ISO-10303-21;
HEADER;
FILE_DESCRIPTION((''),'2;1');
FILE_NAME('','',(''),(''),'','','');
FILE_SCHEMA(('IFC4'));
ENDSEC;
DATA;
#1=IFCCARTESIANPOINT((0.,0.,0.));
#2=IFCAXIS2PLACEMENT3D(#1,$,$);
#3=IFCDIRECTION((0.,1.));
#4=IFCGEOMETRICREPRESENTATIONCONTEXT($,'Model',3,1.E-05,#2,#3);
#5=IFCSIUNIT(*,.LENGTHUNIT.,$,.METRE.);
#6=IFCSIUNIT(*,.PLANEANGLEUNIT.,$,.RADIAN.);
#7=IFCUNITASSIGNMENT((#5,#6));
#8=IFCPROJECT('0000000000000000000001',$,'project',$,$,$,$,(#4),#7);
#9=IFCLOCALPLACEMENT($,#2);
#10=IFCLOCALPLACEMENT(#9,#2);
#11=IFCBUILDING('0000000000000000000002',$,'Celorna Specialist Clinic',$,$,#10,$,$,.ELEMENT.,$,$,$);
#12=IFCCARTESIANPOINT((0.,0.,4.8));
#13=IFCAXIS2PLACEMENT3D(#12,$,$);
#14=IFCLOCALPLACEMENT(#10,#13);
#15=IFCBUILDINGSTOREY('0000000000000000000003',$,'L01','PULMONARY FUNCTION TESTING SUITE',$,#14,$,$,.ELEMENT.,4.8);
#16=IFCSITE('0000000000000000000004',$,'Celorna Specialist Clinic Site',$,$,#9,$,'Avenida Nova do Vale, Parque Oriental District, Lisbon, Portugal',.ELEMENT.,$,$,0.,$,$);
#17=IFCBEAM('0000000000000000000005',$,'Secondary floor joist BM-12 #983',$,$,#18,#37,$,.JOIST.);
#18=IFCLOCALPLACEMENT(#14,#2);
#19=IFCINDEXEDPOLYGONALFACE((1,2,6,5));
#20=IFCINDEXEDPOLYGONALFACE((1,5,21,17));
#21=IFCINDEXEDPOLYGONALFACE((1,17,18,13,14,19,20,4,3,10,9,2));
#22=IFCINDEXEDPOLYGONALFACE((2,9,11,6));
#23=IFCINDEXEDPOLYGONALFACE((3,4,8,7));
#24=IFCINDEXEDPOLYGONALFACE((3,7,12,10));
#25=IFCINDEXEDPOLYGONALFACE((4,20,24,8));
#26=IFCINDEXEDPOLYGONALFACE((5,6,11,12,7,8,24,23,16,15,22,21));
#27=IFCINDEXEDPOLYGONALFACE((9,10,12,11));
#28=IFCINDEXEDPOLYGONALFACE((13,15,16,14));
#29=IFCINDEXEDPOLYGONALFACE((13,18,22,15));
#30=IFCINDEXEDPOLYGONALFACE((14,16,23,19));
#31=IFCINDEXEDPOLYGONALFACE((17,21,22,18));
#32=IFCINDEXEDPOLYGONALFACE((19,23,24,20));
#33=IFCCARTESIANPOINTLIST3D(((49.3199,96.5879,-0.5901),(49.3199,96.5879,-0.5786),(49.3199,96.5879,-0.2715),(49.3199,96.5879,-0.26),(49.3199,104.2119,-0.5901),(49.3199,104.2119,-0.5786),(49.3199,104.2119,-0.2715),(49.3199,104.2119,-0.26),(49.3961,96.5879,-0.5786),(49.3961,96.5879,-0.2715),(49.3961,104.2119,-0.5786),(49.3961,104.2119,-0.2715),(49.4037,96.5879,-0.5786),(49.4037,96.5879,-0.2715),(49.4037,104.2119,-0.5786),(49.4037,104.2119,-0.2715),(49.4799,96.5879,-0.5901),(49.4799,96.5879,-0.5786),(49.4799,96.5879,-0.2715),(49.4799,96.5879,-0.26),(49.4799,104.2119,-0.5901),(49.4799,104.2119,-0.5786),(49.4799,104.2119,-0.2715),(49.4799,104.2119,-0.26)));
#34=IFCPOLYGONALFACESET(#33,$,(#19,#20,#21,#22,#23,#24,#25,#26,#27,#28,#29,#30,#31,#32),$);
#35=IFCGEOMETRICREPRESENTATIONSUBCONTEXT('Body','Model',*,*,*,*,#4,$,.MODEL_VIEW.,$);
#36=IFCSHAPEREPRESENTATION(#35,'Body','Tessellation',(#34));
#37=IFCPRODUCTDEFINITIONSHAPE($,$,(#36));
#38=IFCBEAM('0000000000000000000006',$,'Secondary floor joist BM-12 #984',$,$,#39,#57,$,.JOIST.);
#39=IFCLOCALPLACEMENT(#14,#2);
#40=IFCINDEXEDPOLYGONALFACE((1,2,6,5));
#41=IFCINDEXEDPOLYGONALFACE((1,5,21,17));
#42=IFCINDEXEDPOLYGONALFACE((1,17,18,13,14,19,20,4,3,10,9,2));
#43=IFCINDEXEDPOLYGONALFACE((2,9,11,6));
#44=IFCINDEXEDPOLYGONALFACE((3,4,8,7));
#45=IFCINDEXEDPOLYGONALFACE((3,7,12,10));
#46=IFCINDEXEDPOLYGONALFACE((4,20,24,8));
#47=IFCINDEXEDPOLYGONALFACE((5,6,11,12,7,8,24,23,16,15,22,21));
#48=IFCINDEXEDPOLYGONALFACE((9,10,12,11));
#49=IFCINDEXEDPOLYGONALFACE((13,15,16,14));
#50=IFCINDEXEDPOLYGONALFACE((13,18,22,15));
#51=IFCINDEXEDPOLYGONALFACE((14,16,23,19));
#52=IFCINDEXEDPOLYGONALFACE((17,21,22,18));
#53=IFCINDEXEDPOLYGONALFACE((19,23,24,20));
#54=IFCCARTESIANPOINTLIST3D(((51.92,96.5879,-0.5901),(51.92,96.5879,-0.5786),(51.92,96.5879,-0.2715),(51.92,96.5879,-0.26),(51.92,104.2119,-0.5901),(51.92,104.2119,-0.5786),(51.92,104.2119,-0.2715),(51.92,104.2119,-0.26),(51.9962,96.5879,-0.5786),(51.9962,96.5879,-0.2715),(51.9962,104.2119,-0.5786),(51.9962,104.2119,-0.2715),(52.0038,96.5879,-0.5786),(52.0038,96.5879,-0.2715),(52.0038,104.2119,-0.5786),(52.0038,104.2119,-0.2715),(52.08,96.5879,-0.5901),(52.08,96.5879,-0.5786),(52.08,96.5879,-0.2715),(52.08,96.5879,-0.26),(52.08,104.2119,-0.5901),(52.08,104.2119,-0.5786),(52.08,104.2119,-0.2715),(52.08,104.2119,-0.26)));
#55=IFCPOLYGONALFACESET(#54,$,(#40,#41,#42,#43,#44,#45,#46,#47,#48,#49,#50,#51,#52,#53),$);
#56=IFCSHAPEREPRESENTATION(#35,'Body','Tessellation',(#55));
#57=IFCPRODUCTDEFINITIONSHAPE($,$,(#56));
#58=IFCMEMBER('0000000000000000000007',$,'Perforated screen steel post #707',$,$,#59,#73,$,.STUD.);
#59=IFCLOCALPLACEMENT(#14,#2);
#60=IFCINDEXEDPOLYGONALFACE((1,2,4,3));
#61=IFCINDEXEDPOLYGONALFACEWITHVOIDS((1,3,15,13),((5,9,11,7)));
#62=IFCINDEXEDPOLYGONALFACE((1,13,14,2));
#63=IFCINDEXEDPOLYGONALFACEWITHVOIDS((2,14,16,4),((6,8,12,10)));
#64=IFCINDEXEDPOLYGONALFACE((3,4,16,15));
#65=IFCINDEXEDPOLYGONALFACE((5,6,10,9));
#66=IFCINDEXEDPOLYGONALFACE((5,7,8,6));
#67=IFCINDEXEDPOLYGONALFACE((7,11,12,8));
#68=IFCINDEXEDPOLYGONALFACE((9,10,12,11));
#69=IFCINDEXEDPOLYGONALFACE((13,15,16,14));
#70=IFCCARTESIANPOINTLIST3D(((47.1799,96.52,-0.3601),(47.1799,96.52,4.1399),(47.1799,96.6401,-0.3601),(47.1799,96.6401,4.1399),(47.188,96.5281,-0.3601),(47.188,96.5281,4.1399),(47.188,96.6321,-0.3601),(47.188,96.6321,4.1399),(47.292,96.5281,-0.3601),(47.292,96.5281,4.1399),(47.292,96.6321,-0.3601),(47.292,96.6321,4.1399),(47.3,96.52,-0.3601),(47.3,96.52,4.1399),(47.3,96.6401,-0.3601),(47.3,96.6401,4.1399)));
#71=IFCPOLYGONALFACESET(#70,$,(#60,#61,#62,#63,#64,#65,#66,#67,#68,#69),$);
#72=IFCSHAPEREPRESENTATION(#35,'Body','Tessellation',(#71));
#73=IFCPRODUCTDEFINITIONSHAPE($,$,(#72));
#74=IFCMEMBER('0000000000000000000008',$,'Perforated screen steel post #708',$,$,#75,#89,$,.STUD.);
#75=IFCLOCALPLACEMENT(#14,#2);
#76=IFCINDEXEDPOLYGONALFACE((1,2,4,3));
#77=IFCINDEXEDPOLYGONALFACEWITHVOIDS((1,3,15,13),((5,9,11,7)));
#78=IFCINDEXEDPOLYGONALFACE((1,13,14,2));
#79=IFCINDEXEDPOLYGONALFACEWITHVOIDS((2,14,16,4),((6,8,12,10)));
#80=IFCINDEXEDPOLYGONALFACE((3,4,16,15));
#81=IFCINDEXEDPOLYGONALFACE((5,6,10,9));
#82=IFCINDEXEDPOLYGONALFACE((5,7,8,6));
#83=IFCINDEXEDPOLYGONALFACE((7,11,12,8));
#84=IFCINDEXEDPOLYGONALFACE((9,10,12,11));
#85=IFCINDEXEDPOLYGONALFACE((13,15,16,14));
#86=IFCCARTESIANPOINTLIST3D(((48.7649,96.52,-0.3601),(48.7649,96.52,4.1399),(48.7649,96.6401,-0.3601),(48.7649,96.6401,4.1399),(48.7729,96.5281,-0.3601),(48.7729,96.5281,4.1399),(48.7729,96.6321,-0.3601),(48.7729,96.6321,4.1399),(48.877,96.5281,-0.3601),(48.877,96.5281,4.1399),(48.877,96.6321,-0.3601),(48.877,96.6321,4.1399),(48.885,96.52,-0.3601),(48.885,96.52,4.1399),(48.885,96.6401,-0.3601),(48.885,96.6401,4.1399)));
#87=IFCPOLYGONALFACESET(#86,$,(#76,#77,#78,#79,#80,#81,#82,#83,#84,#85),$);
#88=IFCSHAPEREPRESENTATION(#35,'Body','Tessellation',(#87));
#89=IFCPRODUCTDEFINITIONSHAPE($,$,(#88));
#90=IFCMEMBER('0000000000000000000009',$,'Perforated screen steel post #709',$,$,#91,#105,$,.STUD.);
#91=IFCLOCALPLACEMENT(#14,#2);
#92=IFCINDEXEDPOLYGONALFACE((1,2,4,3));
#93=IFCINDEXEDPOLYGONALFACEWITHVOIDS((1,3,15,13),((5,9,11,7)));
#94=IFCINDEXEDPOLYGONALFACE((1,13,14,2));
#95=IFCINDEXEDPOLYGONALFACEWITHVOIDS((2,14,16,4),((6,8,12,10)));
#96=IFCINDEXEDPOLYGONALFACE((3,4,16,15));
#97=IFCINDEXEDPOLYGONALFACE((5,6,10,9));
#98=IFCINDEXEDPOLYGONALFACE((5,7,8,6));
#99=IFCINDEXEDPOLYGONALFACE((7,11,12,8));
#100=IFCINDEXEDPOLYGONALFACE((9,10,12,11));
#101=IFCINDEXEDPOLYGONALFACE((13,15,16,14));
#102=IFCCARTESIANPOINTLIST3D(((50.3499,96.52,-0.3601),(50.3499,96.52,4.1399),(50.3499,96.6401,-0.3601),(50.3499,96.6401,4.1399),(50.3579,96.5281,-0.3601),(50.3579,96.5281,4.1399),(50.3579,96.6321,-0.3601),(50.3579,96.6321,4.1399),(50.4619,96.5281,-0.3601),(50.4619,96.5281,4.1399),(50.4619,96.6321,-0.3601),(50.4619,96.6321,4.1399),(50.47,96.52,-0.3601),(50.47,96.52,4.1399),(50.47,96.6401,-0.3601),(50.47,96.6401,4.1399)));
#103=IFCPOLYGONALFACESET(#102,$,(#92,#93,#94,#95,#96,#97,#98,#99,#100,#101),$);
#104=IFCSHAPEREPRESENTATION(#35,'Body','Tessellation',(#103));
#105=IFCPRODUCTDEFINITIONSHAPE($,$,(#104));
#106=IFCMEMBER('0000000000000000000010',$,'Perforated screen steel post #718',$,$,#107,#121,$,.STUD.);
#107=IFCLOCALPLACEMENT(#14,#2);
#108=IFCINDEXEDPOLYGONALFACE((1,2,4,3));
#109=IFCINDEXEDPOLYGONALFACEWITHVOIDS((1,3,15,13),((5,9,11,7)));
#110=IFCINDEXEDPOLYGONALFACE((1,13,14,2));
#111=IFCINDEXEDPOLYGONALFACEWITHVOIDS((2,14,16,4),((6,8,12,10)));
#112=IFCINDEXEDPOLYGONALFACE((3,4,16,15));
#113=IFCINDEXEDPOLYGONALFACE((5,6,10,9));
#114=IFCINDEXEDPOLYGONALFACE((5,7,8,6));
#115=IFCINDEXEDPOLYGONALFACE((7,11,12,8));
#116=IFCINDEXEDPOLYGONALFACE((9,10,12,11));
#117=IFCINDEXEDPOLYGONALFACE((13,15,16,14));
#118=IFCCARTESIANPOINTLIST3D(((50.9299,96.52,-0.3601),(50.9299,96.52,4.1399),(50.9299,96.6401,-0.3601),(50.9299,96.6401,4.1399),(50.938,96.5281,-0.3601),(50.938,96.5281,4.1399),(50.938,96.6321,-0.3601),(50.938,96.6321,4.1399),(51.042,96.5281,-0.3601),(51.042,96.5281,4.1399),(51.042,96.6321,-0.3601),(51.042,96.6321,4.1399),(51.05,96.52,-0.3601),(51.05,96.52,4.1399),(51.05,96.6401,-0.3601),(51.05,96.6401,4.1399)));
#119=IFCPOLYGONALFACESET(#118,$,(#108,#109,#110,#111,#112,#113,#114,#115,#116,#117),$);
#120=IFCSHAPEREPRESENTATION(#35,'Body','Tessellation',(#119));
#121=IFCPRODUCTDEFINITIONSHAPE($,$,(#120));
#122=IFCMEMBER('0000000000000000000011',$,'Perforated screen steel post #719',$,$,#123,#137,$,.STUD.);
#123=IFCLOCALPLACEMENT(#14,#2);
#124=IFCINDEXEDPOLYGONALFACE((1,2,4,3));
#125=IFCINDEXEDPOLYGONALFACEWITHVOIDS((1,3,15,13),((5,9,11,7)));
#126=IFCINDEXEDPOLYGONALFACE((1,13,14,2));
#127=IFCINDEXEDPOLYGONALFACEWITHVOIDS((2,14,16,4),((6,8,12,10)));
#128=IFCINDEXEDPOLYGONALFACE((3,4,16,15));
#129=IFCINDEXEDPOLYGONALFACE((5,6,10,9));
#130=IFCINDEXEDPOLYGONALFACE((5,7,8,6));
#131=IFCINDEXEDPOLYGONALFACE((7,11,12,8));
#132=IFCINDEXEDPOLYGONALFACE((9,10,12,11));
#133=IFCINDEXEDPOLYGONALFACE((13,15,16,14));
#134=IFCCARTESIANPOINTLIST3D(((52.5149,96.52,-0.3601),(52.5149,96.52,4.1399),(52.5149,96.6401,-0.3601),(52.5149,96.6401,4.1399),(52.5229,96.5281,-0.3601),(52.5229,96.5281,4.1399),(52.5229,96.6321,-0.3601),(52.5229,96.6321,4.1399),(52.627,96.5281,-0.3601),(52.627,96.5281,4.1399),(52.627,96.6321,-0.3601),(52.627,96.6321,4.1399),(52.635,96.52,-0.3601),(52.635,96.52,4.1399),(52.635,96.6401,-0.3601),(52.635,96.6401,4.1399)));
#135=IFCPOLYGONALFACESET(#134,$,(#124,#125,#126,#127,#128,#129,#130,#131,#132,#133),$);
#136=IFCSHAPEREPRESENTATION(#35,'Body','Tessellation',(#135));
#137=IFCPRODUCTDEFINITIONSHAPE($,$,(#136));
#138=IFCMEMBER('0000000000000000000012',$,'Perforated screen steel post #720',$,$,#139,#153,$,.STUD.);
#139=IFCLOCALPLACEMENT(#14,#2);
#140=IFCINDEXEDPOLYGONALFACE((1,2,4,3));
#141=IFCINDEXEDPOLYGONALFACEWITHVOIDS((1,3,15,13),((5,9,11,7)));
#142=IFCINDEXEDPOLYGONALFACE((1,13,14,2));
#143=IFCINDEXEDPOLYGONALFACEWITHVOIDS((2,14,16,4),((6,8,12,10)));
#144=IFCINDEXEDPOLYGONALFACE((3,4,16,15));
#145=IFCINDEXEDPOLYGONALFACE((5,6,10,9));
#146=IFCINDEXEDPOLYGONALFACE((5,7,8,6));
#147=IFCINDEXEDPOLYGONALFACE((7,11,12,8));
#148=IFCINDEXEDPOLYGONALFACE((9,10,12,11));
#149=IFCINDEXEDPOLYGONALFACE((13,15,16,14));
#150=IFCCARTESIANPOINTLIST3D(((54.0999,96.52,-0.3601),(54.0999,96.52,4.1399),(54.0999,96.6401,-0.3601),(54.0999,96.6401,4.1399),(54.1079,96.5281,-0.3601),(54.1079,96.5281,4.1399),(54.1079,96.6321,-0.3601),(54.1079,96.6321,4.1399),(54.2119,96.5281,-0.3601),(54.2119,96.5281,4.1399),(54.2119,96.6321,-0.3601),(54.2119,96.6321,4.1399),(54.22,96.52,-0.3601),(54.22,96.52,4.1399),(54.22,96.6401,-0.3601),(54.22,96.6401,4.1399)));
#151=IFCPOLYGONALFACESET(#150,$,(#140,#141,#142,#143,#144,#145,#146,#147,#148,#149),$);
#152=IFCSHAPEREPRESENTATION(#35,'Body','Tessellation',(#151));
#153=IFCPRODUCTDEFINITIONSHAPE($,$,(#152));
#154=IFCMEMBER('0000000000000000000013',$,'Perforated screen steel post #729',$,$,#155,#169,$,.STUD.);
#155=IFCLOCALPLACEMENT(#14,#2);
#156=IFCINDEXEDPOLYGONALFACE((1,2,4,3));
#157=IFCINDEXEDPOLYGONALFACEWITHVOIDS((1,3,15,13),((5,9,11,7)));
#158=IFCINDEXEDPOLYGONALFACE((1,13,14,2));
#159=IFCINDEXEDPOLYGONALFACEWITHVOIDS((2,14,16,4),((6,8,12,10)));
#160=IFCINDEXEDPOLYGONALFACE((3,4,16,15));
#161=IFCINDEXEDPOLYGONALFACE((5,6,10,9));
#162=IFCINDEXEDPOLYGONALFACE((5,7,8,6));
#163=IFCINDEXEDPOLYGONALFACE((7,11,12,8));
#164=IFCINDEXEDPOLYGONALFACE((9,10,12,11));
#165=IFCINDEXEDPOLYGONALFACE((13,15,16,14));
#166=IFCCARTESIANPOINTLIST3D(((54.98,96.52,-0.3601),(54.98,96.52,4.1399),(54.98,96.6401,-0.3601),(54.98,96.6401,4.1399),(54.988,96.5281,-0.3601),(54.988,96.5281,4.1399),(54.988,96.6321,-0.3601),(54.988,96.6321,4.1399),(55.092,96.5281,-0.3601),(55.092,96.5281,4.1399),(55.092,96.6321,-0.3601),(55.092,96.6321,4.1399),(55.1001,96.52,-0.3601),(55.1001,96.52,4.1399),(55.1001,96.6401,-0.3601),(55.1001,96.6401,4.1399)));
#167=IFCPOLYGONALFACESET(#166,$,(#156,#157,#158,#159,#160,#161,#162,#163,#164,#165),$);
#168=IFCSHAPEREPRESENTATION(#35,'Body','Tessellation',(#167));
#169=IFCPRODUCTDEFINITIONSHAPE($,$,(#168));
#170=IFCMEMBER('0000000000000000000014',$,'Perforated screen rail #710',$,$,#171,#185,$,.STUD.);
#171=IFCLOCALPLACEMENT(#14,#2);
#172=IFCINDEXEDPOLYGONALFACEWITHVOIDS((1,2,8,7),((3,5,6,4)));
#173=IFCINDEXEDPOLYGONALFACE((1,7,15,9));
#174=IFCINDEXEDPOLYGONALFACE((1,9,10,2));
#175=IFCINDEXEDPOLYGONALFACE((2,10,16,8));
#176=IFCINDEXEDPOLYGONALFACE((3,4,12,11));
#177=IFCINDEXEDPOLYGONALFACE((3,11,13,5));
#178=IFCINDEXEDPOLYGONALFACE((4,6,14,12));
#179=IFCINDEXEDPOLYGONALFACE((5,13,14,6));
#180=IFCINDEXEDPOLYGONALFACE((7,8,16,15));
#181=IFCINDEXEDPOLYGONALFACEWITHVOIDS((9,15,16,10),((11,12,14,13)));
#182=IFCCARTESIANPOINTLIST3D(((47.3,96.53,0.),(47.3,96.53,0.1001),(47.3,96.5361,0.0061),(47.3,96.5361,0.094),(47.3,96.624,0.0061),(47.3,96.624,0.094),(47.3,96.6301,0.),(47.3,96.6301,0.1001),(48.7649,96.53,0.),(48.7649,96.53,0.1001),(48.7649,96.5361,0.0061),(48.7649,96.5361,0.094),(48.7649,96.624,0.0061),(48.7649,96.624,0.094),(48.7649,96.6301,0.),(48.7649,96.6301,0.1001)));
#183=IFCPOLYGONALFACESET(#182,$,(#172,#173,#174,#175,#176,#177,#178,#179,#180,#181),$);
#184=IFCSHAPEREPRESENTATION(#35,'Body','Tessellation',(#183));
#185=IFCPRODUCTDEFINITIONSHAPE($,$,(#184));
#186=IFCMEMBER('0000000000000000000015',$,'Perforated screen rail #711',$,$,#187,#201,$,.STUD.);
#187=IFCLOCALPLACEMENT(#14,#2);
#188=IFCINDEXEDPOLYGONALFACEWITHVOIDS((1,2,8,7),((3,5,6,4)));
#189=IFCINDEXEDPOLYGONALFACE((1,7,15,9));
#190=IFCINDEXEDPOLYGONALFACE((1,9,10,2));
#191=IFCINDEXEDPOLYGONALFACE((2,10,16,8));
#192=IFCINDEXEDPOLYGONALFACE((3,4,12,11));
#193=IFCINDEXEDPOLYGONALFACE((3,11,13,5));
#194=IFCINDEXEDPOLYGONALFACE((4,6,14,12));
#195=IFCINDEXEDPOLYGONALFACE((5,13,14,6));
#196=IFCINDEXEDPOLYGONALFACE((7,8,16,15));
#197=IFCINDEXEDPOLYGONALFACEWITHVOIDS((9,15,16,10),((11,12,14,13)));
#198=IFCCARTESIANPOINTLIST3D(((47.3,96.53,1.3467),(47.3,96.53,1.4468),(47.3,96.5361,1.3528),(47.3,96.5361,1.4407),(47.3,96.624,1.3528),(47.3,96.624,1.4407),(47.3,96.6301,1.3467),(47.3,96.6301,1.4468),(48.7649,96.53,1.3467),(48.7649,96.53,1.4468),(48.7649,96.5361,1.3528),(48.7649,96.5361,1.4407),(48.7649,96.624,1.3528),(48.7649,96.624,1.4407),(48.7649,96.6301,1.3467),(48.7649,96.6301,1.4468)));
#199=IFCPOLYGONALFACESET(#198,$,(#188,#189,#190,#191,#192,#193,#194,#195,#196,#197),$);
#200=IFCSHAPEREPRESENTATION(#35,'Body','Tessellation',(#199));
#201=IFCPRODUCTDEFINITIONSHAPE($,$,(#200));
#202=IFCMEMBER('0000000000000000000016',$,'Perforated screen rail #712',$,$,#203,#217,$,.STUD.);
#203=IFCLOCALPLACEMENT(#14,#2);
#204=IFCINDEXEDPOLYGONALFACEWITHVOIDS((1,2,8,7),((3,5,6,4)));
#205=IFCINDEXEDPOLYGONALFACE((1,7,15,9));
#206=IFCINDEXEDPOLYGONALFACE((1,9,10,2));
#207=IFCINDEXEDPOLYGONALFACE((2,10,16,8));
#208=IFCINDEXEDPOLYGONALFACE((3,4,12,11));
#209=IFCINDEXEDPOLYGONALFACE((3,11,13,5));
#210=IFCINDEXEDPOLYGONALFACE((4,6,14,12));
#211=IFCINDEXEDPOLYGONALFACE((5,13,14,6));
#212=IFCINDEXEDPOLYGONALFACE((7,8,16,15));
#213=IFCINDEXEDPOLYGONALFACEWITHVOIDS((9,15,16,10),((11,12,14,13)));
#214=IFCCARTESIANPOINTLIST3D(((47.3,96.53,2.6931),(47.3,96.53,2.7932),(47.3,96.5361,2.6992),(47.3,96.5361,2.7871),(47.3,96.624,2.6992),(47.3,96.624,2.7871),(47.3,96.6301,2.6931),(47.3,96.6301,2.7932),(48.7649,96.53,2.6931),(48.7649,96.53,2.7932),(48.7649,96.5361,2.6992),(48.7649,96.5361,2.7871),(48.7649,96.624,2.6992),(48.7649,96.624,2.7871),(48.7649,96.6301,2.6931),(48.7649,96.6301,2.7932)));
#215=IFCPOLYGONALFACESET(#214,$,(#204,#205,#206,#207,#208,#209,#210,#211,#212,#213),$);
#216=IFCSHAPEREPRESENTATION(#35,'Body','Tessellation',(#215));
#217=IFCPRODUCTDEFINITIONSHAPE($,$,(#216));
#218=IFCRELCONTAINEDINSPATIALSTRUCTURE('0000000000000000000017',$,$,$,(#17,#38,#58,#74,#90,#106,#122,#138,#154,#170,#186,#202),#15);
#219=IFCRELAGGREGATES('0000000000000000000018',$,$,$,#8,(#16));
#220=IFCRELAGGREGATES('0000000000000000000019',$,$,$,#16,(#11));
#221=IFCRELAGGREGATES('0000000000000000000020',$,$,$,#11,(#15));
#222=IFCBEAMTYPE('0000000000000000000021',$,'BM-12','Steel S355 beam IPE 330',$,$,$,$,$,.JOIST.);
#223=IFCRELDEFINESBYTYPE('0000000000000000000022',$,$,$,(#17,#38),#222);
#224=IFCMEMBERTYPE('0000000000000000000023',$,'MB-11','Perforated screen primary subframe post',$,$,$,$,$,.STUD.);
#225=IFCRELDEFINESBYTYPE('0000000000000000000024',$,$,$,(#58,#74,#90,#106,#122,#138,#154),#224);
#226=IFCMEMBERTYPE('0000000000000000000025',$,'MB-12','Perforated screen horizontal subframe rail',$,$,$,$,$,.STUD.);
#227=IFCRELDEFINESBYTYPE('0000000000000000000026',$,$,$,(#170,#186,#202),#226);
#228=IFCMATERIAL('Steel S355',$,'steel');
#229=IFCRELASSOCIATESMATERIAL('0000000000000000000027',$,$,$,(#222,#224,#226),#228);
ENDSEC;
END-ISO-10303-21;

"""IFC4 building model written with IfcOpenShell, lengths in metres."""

from ifc_helpers import new_model, si_unit, direction, frame, origin, origin_2d, place, context, subcontext, project, spatial, hollow_rectangle, i_section, extrude, material, material_profile, profile_set, type_object, element, save


model = new_model("IFC4")

# Units and contexts
model_context = context("Model", 3, precision=1e-05, world=origin(), true_north=direction((0.0, 1.0)))
body_context = subcontext(model_context, "Body", "Model", "MODEL_VIEW")
ifc_project = project(units=[si_unit("LENGTHUNIT", "METRE"), si_unit("PLANEANGLEUNIT", "RADIAN")], contexts=[model_context])

# Site, building, storey
site_placement = place(None, origin())
site = spatial("IfcSite", under=ifc_project, at=site_placement, Name="Celorna Specialist Clinic Site", LongName="Avenida Nova do Vale, Parque Oriental District, Lisbon, Portugal", CompositionType="ELEMENT", RefElevation=0.0)
building_placement = place(site_placement, origin())
building = spatial("IfcBuilding", under=site, at=building_placement, Name="Celorna Specialist Clinic", CompositionType="ELEMENT")
storey_placement = place(building_placement, frame((0.0, 0.0, 4.8)))
storey = spatial("IfcBuildingStorey", under=building, at=storey_placement, Name="L01", Description="PULMONARY FUNCTION TESTING SUITE", CompositionType="ELEMENT", Elevation=4.8)

# Beams
ifc_material_1 = material(Name="Steel S355", Category="steel")
ifc_material_profile_1 = material_profile(ifc_material_1, i_section(OverallWidth=0.1599, OverallDepth=0.3301, WebThickness=0.0076, FlangeThickness=0.0115, at=origin_2d()), Name="IPE 330")
ifc_profile_set_1 = profile_set([ifc_material_profile_1], Name="Steel S355")
beam_type = type_object("IfcBeamType", Name="BM-12", Description="Steel S355 beam IPE 330", PredefinedType="JOIST", material=ifc_profile_set_1)
for number, where, z_axis, x_axis, name in (
    (1, (49.3999, 96.5879, -0.425), (0.0, 1.0, 0.0), (-1.0, 0.0, 0.0), "Secondary floor joist BM-12 #983"),
    (2, (52.0, 96.5879, -0.425), (0.0, 1.0, 0.0), (-1.0, 0.0, 0.0), "Secondary floor joist BM-12 #984"),
):
    element("IfcBeam", number, at=place(storey_placement, frame(where, z_axis=z_axis, x_axis=x_axis)), inside=storey, type_object=beam_type, Name=name, PredefinedType="JOIST", context=body_context, shape_type="SweptSolid", body=[
        extrude(i_section(OverallWidth=0.1599, OverallDepth=0.3301, WebThickness=0.0076, FlangeThickness=0.0115, at=origin_2d()), origin(), (0.0, 0.0, 1.0), 7.624),
    ])

# Members
ifc_material_profile_2 = material_profile(ifc_material_1, hollow_rectangle(XDim=0.1201, YDim=0.1201, WallThickness=0.0081, at=origin_2d()), Name="SHS 120x120x8")
ifc_profile_set_2 = profile_set([ifc_material_profile_2], Name="Steel S355")
member_type_1 = type_object("IfcMemberType", Name="MB-11", Description="Perforated screen primary subframe post", PredefinedType="STUD", material=ifc_profile_set_2)
for number, where, z_axis, x_axis, name in (
    (3, (47.24, 96.5801, -0.3601), (0.0, 0.0, 1.0), (1.0, 0.0, 0.0), "Perforated screen steel post #707"),
    (4, (48.825, 96.5801, -0.3601), (0.0, 0.0, 1.0), (1.0, 0.0, 0.0), "Perforated screen steel post #708"),
    (5, (50.4099, 96.5801, -0.3601), (0.0, 0.0, 1.0), (1.0, 0.0, 0.0), "Perforated screen steel post #709"),
    (6, (50.99, 96.5801, -0.3601), (0.0, 0.0, 1.0), (1.0, 0.0, 0.0), "Perforated screen steel post #718"),
    (7, (52.575, 96.5801, -0.3601), (0.0, 0.0, 1.0), (1.0, 0.0, 0.0), "Perforated screen steel post #719"),
    (8, (54.1599, 96.5801, -0.3601), (0.0, 0.0, 1.0), (1.0, 0.0, 0.0), "Perforated screen steel post #720"),
    (9, (55.04, 96.5801, -0.3601), (0.0, 0.0, 1.0), (1.0, 0.0, 0.0), "Perforated screen steel post #729"),
):
    element("IfcMember", number, at=place(storey_placement, frame(where, z_axis=z_axis, x_axis=x_axis)), inside=storey, type_object=member_type_1, Name=name, PredefinedType="STUD", context=body_context, shape_type="SweptSolid", body=[
        extrude(hollow_rectangle(XDim=0.1201, YDim=0.1201, WallThickness=0.0081, at=origin_2d()), origin(), (0.0, 0.0, 1.0), 4.5),
    ])
ifc_material_profile_3 = material_profile(ifc_material_1, hollow_rectangle(XDim=0.1001, YDim=0.1001, WallThickness=0.0061, at=origin_2d()), Name="SHS 100x100x6")
ifc_profile_set_3 = profile_set([ifc_material_profile_3], Name="Steel S355")
member_type_2 = type_object("IfcMemberType", Name="MB-12", Description="Perforated screen horizontal subframe rail", PredefinedType="STUD", material=ifc_profile_set_3)
for number, where, z_axis, x_axis, name in (
    (10, (47.3, 96.5801, 0.05), (1.0, 0.0, 0.0), (0.0, 1.0, 0.0), "Perforated screen rail #710"),
    (11, (47.3, 96.5801, 1.3967), (1.0, 0.0, 0.0), (0.0, 1.0, 0.0), "Perforated screen rail #711"),
    (12, (47.3, 96.5801, 2.7432), (1.0, 0.0, 0.0), (0.0, 1.0, 0.0), "Perforated screen rail #712"),
):
    element("IfcMember", number, at=place(storey_placement, frame(where, z_axis=z_axis, x_axis=x_axis)), inside=storey, type_object=member_type_2, Name=name, PredefinedType="STUD", context=body_context, shape_type="SweptSolid", body=[
        extrude(hollow_rectangle(XDim=0.1001, YDim=0.1001, WallThickness=0.0061, at=origin_2d()), origin(), (0.0, 0.0, 1.0), 1.4648),
    ])

save(model, "model.ifc")
